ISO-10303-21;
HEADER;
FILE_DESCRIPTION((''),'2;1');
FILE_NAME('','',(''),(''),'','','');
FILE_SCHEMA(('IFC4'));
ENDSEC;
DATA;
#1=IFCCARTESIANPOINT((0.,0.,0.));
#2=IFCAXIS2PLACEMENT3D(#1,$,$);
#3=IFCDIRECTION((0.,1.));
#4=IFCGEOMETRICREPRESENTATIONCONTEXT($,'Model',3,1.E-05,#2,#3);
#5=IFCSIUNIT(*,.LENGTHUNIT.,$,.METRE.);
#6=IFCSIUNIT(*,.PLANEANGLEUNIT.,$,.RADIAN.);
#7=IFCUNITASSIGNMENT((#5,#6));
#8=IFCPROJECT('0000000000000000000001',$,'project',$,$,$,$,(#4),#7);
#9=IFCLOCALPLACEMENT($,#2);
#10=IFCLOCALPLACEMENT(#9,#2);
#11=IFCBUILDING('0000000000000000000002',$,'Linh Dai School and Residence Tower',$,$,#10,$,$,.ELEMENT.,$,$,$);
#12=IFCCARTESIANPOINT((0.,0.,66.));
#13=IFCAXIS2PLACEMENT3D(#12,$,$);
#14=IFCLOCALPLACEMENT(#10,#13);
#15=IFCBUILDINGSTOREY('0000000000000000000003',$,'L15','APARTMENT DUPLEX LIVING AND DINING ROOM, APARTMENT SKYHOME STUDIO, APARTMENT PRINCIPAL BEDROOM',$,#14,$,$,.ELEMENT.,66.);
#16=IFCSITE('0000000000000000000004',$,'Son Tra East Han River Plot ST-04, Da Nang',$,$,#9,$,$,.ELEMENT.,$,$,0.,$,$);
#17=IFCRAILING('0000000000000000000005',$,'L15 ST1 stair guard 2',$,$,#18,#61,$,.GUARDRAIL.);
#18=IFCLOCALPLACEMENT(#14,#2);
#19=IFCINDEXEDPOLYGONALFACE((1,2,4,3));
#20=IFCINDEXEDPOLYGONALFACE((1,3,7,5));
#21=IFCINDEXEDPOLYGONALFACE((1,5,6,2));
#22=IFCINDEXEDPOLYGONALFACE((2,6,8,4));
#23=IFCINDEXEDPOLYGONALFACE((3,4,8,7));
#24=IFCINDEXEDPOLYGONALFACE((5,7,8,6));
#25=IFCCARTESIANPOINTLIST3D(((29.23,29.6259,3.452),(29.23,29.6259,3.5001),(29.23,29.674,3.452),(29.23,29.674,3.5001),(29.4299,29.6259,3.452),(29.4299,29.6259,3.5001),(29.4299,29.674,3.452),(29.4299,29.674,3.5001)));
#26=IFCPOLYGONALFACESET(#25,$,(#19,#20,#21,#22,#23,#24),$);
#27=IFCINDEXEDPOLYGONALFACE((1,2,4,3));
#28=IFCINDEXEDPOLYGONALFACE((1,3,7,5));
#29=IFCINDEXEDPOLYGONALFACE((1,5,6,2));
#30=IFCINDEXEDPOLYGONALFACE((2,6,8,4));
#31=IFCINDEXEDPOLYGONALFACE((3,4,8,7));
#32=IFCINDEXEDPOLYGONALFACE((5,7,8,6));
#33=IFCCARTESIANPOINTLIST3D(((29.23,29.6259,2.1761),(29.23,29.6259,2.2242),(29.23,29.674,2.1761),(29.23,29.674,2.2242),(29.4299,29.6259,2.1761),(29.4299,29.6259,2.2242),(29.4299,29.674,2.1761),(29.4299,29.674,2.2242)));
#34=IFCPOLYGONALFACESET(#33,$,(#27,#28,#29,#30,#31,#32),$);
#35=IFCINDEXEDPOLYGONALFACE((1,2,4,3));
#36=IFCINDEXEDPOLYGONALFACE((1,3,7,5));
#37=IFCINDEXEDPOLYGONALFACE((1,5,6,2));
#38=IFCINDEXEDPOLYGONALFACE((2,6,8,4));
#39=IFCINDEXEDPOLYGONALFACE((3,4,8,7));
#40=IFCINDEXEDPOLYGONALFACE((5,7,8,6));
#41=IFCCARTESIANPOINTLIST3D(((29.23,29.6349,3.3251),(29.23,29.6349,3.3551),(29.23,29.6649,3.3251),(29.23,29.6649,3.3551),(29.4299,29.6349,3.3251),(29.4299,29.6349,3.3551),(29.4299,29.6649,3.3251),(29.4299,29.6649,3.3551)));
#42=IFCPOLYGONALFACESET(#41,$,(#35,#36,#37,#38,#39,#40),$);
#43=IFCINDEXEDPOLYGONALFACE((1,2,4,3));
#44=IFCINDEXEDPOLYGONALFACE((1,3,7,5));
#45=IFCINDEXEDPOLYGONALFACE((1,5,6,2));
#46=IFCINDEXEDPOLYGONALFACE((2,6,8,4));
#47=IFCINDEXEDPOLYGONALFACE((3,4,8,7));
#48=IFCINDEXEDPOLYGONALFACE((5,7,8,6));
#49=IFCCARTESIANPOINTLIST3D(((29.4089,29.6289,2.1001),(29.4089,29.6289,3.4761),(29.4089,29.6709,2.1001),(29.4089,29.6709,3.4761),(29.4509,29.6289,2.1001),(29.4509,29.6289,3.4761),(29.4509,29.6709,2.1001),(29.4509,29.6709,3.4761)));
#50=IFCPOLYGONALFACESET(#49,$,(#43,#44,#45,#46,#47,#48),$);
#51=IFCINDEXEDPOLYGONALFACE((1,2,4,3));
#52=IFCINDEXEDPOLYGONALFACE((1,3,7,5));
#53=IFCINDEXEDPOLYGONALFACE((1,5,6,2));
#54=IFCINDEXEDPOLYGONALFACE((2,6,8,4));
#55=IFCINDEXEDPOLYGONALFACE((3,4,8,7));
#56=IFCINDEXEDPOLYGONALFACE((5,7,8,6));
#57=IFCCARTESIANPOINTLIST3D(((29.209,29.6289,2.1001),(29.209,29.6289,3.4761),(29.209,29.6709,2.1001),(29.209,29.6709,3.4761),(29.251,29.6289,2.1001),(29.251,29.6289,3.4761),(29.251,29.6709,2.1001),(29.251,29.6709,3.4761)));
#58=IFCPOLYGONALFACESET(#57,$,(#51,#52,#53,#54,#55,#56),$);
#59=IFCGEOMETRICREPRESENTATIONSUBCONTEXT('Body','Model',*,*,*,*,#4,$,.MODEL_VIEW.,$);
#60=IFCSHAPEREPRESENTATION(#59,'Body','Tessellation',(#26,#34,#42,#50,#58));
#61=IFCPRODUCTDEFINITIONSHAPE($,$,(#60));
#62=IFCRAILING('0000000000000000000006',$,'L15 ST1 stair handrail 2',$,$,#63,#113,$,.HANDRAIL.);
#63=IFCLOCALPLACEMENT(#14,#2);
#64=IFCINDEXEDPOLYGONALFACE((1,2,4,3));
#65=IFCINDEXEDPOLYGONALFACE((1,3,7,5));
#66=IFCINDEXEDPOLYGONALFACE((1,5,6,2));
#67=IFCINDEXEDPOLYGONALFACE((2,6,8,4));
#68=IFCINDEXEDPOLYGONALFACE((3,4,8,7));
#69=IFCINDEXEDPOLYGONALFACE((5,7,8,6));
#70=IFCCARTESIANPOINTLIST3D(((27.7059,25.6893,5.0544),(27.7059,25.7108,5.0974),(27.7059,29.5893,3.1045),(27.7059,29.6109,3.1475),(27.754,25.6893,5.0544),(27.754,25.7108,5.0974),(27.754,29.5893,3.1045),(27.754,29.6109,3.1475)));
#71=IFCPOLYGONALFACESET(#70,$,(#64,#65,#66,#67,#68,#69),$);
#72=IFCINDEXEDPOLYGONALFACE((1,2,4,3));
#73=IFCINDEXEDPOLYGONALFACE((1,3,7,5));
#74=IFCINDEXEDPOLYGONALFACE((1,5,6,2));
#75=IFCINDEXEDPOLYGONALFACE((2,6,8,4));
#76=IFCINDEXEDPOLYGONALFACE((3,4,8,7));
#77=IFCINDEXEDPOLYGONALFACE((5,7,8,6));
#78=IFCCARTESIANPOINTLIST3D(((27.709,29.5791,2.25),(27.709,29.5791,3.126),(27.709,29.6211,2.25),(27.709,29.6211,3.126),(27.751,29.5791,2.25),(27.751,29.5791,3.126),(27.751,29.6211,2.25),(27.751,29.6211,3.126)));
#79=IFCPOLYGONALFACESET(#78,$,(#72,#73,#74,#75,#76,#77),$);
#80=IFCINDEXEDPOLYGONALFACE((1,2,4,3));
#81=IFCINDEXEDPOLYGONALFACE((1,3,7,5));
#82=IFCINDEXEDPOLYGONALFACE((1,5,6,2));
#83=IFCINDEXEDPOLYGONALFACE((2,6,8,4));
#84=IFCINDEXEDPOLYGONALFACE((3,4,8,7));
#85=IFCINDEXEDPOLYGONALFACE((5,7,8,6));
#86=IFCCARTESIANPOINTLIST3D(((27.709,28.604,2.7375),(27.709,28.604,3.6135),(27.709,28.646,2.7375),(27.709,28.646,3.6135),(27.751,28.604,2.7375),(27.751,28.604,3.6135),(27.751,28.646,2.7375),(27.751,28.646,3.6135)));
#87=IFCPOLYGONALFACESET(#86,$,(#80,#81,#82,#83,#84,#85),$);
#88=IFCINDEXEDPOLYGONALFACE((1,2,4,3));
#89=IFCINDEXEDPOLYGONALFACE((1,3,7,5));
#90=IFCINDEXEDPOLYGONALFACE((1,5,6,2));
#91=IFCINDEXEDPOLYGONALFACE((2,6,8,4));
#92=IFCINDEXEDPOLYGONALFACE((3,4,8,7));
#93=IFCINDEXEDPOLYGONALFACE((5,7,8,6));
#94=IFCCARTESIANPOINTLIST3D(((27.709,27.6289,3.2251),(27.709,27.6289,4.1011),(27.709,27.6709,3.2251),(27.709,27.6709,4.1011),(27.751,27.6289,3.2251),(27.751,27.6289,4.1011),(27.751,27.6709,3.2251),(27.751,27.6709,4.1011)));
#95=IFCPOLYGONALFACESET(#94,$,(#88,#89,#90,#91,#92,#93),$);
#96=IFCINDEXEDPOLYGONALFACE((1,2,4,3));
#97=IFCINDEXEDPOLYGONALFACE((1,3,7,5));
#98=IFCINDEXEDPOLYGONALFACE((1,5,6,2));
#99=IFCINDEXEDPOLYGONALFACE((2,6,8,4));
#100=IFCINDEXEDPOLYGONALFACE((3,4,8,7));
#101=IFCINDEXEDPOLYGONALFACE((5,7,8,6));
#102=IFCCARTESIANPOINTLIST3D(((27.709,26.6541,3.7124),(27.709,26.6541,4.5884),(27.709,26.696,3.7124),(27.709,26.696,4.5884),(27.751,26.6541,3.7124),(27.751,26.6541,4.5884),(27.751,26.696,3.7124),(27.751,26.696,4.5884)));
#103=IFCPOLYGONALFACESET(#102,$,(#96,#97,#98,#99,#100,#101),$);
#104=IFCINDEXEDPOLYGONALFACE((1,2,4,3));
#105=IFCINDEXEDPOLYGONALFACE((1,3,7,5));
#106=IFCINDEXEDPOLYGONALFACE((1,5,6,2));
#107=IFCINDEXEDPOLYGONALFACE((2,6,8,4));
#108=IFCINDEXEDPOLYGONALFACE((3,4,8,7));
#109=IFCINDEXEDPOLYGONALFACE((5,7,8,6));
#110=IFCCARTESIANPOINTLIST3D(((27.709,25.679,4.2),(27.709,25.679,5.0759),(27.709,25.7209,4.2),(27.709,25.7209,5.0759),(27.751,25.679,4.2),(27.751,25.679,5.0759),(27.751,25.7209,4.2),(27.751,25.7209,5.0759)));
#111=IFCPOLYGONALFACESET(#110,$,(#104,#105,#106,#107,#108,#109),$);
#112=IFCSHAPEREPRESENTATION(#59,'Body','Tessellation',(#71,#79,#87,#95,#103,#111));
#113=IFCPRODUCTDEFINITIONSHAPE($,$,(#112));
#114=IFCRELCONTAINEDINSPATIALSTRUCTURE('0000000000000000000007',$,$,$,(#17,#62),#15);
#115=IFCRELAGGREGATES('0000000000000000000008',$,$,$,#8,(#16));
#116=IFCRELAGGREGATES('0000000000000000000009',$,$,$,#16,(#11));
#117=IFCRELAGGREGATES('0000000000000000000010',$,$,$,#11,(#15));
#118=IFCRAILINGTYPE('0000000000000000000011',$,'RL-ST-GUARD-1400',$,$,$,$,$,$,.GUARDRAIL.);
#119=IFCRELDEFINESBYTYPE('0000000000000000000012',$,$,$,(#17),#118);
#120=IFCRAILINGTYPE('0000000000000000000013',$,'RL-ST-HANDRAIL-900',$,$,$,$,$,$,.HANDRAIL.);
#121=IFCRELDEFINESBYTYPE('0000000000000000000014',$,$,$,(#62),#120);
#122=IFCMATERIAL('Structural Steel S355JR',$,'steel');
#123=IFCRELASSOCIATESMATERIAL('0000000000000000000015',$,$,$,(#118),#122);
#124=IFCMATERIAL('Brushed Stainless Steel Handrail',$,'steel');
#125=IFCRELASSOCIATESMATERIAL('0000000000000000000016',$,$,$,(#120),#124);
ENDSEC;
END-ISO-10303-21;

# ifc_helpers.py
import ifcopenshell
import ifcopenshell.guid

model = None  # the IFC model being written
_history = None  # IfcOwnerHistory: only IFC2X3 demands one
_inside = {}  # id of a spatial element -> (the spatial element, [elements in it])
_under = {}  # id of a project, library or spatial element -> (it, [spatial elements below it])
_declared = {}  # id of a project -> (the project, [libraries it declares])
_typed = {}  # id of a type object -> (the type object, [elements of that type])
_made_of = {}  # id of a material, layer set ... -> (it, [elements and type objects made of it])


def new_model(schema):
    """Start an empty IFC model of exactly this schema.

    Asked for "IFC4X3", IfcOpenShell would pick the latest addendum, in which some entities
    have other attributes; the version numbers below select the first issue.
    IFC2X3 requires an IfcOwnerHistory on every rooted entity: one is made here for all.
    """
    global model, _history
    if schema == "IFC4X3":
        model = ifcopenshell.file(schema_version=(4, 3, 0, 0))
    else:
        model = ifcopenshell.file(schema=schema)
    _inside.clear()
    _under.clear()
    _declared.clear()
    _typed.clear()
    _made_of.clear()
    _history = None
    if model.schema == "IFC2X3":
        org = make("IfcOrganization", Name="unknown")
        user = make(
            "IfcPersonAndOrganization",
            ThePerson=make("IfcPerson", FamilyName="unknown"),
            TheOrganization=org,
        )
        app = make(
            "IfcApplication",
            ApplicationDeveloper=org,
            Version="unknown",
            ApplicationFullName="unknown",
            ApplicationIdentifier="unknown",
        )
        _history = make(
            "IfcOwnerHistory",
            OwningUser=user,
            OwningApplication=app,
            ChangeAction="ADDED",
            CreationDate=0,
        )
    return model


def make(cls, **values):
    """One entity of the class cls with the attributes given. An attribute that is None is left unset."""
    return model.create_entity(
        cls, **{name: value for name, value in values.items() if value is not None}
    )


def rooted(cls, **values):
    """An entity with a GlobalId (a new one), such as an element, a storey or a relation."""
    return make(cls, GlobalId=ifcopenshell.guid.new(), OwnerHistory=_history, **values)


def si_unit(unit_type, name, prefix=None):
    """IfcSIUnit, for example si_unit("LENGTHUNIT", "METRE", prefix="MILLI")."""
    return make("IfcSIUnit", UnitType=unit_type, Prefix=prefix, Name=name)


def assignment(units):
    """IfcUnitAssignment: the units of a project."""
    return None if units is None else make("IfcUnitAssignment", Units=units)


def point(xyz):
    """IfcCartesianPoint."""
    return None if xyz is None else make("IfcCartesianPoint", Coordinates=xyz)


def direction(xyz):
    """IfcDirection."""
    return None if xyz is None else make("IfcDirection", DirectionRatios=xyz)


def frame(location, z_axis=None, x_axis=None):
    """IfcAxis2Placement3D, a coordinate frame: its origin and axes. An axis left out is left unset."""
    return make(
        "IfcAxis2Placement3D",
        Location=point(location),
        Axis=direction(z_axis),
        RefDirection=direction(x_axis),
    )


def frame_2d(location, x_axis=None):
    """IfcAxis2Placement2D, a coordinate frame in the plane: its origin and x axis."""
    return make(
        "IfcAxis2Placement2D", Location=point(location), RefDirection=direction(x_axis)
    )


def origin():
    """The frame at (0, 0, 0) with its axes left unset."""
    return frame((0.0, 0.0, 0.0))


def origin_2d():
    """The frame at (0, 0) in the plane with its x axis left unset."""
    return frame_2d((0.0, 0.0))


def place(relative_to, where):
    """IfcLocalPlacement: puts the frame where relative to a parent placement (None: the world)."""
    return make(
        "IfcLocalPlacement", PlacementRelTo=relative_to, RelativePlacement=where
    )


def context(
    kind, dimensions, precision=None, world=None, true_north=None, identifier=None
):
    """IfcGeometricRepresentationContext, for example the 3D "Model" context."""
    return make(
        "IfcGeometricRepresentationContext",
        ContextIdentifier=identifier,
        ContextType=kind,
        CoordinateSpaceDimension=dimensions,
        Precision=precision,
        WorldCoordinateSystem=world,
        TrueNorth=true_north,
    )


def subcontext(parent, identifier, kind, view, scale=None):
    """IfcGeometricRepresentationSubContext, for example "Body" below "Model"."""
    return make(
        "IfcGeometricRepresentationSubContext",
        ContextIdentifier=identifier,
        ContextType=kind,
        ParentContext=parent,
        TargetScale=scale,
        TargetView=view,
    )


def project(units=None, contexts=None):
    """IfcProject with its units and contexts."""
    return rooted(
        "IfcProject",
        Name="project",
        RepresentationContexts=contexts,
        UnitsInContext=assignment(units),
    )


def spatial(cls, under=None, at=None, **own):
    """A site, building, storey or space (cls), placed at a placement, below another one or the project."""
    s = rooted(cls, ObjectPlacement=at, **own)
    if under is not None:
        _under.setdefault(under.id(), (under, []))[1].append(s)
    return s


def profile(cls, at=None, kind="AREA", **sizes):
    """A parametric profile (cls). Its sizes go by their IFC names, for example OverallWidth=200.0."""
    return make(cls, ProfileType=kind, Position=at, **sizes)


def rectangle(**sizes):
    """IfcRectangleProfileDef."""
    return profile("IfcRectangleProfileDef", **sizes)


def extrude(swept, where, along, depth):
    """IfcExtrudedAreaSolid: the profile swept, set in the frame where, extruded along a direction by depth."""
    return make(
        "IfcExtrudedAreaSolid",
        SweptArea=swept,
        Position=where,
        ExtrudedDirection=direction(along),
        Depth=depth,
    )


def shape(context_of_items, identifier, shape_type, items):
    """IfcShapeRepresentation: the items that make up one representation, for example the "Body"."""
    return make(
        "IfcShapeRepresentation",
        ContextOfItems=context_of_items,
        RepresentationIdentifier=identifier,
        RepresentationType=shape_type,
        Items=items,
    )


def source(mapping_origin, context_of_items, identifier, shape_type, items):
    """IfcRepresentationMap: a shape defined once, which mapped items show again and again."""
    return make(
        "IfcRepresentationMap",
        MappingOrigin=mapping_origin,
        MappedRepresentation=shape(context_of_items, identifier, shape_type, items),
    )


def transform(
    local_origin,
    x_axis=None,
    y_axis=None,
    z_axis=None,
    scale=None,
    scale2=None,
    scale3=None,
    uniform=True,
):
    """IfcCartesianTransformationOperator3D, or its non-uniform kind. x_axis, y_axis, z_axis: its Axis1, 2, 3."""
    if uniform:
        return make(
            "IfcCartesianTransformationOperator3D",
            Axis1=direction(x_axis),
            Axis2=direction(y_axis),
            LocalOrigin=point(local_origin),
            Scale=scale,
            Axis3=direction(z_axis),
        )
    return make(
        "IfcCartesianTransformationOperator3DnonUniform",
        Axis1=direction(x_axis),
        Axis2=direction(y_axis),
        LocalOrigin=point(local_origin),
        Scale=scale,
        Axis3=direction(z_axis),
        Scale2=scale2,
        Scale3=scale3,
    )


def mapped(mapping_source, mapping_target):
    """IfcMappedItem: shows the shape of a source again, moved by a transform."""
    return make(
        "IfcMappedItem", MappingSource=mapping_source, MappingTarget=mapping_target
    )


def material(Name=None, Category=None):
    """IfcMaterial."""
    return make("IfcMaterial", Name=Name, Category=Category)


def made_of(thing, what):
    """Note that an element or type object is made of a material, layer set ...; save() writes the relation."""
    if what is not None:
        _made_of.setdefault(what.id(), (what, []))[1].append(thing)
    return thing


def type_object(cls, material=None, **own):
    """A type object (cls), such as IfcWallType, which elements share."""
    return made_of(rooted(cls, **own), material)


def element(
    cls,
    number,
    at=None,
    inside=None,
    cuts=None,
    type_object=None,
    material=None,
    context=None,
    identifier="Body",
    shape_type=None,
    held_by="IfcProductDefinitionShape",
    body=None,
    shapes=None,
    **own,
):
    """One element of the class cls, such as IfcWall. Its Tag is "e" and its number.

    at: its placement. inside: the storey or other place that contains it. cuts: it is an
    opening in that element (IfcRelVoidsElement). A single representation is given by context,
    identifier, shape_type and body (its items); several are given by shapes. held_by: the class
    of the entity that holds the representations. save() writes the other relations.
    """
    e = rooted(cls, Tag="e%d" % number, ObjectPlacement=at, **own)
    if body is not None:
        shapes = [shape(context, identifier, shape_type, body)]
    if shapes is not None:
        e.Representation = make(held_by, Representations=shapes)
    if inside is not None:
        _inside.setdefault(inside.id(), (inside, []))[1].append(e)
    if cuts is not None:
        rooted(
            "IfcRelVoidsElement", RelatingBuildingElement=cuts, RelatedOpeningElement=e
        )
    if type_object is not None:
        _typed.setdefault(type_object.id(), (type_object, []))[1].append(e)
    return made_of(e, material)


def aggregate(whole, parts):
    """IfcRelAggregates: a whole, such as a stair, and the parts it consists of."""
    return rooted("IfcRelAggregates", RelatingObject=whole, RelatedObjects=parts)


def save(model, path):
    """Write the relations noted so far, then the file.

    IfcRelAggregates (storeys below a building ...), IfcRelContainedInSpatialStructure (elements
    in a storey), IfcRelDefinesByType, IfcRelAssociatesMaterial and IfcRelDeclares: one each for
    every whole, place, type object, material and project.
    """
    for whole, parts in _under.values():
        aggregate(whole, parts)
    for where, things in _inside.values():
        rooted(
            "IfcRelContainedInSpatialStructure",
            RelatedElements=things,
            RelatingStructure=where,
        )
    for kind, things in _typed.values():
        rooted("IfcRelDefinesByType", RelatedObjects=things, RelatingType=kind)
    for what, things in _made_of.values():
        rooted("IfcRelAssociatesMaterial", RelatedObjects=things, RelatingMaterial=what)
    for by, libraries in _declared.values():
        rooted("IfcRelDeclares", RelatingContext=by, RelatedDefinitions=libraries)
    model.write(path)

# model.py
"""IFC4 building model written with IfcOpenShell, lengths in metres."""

from ifc_helpers import new_model, si_unit, direction, frame, origin, origin_2d, place, context, subcontext, project, spatial, rectangle, extrude, source, transform, mapped, material, type_object, element, save


model = new_model("IFC4")

# Units and contexts
model_context = context("Model", 3, precision=1e-05, world=origin(), true_north=direction((0.0, 1.0)))
body_context = subcontext(model_context, "Body", "Model", "MODEL_VIEW")
ifc_project = project(units=[si_unit("LENGTHUNIT", "METRE"), si_unit("PLANEANGLEUNIT", "RADIAN")], contexts=[model_context])

# Site, building, storey
site_placement = place(None, origin())
site = spatial("IfcSite", under=ifc_project, at=site_placement, Name="Son Tra East Han River Plot ST-04, Da Nang", CompositionType="ELEMENT", RefElevation=0.0)
building_placement = place(site_placement, origin())
building = spatial("IfcBuilding", under=site, at=building_placement, Name="Linh Dai School and Residence Tower", CompositionType="ELEMENT")
storey_placement = place(building_placement, frame((0.0, 0.0, 66.0)))
storey = spatial("IfcBuildingStorey", under=building, at=storey_placement, Name="L15", Description="APARTMENT DUPLEX LIVING AND DINING ROOM, APARTMENT SKYHOME STUDIO, APARTMENT PRINCIPAL BEDROOM", CompositionType="ELEMENT", Elevation=66.0)

# Shared definitions
ifc_material_1 = material(Name="Structural Steel S355JR", Category="steel")

# Railings
railing_type_1 = type_object("IfcRailingType", Name="RL-ST-GUARD-1400", PredefinedType="GUARDRAIL", material=ifc_material_1)
shared_shape_1 = source(origin(), body_context, "Body", "SweptSolid", [
    extrude(rectangle(XDim=0.0481, YDim=0.0481, at=origin_2d()), frame((0.0, 0.0, 1.376), z_axis=(-1.0, 0.0, 0.0), x_axis=(0.0, -1.0, 0.0)), (0.0, 0.0, 1.0), 0.2),
    extrude(rectangle(XDim=0.0481, YDim=0.0481, at=origin_2d()), frame((0.0, 0.0, 0.1001), z_axis=(-1.0, 0.0, 0.0), x_axis=(0.0, -1.0, 0.0)), (0.0, 0.0, 1.0), 0.2),
    extrude(rectangle(XDim=0.03, YDim=0.03, at=origin_2d()), frame((0.0, 0.0, 1.24), z_axis=(-1.0, 0.0, 0.0), x_axis=(0.0, -1.0, 0.0)), (0.0, 0.0, 1.0), 0.2),
    extrude(rectangle(XDim=0.042, YDim=0.042, at=origin_2d()), origin(), (0.0, 0.0, 1.0), 1.376),
    extrude(rectangle(XDim=0.042, YDim=0.042, at=origin_2d()), frame((-0.2, 0.0, 0.0)), (0.0, 0.0, 1.0), 1.376),
])
railing_1_placement = place(storey_placement, frame((29.4299, 29.6499, 2.1001)))
element("IfcRailing", 1, at=railing_1_placement, inside=storey, type_object=railing_type_1, Name="L15 ST1 stair guard 2", PredefinedType="GUARDRAIL", context=body_context, shape_type="MappedRepresentation", body=[
    mapped(shared_shape_1, transform((0.0, 0.0, 0.0), x_axis=(1.0, 0.0, 0.0), y_axis=(0.0, 1.0, 0.0), z_axis=(0.0, 0.0, 1.0), scale=1.0)),
])
ifc_material_2 = material(Name="Brushed Stainless Steel Handrail", Category="steel")
railing_type_2 = type_object("IfcRailingType", Name="RL-ST-HANDRAIL-900", PredefinedType="HANDRAIL", material=ifc_material_2)
shared_shape_2 = source(origin(), body_context, "Body", "SweptSolid", [
    extrude(rectangle(XDim=0.0481, YDim=0.0481, at=origin_2d()), frame((0.0, 0.0, 0.876), z_axis=(0.0, -0.894438, 0.447191), x_axis=(1.0, 0.0, 0.0)), (0.0, 0.0, 1.0), 4.3604),
    extrude(rectangle(XDim=0.042, YDim=0.042, at=origin_2d()), origin(), (0.0, 0.0, 1.0), 0.876),
    extrude(rectangle(XDim=0.042, YDim=0.042, at=origin_2d()), frame((0.0, -0.9751, 0.4875)), (0.0, 0.0, 1.0), 0.876),
    extrude(rectangle(XDim=0.042, YDim=0.042, at=origin_2d()), frame((0.0, -1.9502, 0.9751)), (0.0, 0.0, 1.0), 0.876),
    extrude(rectangle(XDim=0.042, YDim=0.042, at=origin_2d()), frame((0.0, -2.925, 1.4624)), (0.0, 0.0, 1.0), 0.876),
    extrude(rectangle(XDim=0.042, YDim=0.042, at=origin_2d()), frame((0.0, -3.9001, 1.95)), (0.0, 0.0, 1.0), 0.876),
])
railing_2_placement = place(storey_placement, frame((27.73, 29.6001, 2.25)))
element("IfcRailing", 2, at=railing_2_placement, inside=storey, type_object=railing_type_2, Name="L15 ST1 stair handrail 2", PredefinedType="HANDRAIL", context=body_context, shape_type="MappedRepresentation", body=[
    mapped(shared_shape_2, transform((0.0, 0.0, 0.0), x_axis=(1.0, 0.0, 0.0), y_axis=(0.0, 1.0, 0.0), z_axis=(0.0, 0.0, 1.0), scale=1.0)),
])

save(model, "model.ifc")
